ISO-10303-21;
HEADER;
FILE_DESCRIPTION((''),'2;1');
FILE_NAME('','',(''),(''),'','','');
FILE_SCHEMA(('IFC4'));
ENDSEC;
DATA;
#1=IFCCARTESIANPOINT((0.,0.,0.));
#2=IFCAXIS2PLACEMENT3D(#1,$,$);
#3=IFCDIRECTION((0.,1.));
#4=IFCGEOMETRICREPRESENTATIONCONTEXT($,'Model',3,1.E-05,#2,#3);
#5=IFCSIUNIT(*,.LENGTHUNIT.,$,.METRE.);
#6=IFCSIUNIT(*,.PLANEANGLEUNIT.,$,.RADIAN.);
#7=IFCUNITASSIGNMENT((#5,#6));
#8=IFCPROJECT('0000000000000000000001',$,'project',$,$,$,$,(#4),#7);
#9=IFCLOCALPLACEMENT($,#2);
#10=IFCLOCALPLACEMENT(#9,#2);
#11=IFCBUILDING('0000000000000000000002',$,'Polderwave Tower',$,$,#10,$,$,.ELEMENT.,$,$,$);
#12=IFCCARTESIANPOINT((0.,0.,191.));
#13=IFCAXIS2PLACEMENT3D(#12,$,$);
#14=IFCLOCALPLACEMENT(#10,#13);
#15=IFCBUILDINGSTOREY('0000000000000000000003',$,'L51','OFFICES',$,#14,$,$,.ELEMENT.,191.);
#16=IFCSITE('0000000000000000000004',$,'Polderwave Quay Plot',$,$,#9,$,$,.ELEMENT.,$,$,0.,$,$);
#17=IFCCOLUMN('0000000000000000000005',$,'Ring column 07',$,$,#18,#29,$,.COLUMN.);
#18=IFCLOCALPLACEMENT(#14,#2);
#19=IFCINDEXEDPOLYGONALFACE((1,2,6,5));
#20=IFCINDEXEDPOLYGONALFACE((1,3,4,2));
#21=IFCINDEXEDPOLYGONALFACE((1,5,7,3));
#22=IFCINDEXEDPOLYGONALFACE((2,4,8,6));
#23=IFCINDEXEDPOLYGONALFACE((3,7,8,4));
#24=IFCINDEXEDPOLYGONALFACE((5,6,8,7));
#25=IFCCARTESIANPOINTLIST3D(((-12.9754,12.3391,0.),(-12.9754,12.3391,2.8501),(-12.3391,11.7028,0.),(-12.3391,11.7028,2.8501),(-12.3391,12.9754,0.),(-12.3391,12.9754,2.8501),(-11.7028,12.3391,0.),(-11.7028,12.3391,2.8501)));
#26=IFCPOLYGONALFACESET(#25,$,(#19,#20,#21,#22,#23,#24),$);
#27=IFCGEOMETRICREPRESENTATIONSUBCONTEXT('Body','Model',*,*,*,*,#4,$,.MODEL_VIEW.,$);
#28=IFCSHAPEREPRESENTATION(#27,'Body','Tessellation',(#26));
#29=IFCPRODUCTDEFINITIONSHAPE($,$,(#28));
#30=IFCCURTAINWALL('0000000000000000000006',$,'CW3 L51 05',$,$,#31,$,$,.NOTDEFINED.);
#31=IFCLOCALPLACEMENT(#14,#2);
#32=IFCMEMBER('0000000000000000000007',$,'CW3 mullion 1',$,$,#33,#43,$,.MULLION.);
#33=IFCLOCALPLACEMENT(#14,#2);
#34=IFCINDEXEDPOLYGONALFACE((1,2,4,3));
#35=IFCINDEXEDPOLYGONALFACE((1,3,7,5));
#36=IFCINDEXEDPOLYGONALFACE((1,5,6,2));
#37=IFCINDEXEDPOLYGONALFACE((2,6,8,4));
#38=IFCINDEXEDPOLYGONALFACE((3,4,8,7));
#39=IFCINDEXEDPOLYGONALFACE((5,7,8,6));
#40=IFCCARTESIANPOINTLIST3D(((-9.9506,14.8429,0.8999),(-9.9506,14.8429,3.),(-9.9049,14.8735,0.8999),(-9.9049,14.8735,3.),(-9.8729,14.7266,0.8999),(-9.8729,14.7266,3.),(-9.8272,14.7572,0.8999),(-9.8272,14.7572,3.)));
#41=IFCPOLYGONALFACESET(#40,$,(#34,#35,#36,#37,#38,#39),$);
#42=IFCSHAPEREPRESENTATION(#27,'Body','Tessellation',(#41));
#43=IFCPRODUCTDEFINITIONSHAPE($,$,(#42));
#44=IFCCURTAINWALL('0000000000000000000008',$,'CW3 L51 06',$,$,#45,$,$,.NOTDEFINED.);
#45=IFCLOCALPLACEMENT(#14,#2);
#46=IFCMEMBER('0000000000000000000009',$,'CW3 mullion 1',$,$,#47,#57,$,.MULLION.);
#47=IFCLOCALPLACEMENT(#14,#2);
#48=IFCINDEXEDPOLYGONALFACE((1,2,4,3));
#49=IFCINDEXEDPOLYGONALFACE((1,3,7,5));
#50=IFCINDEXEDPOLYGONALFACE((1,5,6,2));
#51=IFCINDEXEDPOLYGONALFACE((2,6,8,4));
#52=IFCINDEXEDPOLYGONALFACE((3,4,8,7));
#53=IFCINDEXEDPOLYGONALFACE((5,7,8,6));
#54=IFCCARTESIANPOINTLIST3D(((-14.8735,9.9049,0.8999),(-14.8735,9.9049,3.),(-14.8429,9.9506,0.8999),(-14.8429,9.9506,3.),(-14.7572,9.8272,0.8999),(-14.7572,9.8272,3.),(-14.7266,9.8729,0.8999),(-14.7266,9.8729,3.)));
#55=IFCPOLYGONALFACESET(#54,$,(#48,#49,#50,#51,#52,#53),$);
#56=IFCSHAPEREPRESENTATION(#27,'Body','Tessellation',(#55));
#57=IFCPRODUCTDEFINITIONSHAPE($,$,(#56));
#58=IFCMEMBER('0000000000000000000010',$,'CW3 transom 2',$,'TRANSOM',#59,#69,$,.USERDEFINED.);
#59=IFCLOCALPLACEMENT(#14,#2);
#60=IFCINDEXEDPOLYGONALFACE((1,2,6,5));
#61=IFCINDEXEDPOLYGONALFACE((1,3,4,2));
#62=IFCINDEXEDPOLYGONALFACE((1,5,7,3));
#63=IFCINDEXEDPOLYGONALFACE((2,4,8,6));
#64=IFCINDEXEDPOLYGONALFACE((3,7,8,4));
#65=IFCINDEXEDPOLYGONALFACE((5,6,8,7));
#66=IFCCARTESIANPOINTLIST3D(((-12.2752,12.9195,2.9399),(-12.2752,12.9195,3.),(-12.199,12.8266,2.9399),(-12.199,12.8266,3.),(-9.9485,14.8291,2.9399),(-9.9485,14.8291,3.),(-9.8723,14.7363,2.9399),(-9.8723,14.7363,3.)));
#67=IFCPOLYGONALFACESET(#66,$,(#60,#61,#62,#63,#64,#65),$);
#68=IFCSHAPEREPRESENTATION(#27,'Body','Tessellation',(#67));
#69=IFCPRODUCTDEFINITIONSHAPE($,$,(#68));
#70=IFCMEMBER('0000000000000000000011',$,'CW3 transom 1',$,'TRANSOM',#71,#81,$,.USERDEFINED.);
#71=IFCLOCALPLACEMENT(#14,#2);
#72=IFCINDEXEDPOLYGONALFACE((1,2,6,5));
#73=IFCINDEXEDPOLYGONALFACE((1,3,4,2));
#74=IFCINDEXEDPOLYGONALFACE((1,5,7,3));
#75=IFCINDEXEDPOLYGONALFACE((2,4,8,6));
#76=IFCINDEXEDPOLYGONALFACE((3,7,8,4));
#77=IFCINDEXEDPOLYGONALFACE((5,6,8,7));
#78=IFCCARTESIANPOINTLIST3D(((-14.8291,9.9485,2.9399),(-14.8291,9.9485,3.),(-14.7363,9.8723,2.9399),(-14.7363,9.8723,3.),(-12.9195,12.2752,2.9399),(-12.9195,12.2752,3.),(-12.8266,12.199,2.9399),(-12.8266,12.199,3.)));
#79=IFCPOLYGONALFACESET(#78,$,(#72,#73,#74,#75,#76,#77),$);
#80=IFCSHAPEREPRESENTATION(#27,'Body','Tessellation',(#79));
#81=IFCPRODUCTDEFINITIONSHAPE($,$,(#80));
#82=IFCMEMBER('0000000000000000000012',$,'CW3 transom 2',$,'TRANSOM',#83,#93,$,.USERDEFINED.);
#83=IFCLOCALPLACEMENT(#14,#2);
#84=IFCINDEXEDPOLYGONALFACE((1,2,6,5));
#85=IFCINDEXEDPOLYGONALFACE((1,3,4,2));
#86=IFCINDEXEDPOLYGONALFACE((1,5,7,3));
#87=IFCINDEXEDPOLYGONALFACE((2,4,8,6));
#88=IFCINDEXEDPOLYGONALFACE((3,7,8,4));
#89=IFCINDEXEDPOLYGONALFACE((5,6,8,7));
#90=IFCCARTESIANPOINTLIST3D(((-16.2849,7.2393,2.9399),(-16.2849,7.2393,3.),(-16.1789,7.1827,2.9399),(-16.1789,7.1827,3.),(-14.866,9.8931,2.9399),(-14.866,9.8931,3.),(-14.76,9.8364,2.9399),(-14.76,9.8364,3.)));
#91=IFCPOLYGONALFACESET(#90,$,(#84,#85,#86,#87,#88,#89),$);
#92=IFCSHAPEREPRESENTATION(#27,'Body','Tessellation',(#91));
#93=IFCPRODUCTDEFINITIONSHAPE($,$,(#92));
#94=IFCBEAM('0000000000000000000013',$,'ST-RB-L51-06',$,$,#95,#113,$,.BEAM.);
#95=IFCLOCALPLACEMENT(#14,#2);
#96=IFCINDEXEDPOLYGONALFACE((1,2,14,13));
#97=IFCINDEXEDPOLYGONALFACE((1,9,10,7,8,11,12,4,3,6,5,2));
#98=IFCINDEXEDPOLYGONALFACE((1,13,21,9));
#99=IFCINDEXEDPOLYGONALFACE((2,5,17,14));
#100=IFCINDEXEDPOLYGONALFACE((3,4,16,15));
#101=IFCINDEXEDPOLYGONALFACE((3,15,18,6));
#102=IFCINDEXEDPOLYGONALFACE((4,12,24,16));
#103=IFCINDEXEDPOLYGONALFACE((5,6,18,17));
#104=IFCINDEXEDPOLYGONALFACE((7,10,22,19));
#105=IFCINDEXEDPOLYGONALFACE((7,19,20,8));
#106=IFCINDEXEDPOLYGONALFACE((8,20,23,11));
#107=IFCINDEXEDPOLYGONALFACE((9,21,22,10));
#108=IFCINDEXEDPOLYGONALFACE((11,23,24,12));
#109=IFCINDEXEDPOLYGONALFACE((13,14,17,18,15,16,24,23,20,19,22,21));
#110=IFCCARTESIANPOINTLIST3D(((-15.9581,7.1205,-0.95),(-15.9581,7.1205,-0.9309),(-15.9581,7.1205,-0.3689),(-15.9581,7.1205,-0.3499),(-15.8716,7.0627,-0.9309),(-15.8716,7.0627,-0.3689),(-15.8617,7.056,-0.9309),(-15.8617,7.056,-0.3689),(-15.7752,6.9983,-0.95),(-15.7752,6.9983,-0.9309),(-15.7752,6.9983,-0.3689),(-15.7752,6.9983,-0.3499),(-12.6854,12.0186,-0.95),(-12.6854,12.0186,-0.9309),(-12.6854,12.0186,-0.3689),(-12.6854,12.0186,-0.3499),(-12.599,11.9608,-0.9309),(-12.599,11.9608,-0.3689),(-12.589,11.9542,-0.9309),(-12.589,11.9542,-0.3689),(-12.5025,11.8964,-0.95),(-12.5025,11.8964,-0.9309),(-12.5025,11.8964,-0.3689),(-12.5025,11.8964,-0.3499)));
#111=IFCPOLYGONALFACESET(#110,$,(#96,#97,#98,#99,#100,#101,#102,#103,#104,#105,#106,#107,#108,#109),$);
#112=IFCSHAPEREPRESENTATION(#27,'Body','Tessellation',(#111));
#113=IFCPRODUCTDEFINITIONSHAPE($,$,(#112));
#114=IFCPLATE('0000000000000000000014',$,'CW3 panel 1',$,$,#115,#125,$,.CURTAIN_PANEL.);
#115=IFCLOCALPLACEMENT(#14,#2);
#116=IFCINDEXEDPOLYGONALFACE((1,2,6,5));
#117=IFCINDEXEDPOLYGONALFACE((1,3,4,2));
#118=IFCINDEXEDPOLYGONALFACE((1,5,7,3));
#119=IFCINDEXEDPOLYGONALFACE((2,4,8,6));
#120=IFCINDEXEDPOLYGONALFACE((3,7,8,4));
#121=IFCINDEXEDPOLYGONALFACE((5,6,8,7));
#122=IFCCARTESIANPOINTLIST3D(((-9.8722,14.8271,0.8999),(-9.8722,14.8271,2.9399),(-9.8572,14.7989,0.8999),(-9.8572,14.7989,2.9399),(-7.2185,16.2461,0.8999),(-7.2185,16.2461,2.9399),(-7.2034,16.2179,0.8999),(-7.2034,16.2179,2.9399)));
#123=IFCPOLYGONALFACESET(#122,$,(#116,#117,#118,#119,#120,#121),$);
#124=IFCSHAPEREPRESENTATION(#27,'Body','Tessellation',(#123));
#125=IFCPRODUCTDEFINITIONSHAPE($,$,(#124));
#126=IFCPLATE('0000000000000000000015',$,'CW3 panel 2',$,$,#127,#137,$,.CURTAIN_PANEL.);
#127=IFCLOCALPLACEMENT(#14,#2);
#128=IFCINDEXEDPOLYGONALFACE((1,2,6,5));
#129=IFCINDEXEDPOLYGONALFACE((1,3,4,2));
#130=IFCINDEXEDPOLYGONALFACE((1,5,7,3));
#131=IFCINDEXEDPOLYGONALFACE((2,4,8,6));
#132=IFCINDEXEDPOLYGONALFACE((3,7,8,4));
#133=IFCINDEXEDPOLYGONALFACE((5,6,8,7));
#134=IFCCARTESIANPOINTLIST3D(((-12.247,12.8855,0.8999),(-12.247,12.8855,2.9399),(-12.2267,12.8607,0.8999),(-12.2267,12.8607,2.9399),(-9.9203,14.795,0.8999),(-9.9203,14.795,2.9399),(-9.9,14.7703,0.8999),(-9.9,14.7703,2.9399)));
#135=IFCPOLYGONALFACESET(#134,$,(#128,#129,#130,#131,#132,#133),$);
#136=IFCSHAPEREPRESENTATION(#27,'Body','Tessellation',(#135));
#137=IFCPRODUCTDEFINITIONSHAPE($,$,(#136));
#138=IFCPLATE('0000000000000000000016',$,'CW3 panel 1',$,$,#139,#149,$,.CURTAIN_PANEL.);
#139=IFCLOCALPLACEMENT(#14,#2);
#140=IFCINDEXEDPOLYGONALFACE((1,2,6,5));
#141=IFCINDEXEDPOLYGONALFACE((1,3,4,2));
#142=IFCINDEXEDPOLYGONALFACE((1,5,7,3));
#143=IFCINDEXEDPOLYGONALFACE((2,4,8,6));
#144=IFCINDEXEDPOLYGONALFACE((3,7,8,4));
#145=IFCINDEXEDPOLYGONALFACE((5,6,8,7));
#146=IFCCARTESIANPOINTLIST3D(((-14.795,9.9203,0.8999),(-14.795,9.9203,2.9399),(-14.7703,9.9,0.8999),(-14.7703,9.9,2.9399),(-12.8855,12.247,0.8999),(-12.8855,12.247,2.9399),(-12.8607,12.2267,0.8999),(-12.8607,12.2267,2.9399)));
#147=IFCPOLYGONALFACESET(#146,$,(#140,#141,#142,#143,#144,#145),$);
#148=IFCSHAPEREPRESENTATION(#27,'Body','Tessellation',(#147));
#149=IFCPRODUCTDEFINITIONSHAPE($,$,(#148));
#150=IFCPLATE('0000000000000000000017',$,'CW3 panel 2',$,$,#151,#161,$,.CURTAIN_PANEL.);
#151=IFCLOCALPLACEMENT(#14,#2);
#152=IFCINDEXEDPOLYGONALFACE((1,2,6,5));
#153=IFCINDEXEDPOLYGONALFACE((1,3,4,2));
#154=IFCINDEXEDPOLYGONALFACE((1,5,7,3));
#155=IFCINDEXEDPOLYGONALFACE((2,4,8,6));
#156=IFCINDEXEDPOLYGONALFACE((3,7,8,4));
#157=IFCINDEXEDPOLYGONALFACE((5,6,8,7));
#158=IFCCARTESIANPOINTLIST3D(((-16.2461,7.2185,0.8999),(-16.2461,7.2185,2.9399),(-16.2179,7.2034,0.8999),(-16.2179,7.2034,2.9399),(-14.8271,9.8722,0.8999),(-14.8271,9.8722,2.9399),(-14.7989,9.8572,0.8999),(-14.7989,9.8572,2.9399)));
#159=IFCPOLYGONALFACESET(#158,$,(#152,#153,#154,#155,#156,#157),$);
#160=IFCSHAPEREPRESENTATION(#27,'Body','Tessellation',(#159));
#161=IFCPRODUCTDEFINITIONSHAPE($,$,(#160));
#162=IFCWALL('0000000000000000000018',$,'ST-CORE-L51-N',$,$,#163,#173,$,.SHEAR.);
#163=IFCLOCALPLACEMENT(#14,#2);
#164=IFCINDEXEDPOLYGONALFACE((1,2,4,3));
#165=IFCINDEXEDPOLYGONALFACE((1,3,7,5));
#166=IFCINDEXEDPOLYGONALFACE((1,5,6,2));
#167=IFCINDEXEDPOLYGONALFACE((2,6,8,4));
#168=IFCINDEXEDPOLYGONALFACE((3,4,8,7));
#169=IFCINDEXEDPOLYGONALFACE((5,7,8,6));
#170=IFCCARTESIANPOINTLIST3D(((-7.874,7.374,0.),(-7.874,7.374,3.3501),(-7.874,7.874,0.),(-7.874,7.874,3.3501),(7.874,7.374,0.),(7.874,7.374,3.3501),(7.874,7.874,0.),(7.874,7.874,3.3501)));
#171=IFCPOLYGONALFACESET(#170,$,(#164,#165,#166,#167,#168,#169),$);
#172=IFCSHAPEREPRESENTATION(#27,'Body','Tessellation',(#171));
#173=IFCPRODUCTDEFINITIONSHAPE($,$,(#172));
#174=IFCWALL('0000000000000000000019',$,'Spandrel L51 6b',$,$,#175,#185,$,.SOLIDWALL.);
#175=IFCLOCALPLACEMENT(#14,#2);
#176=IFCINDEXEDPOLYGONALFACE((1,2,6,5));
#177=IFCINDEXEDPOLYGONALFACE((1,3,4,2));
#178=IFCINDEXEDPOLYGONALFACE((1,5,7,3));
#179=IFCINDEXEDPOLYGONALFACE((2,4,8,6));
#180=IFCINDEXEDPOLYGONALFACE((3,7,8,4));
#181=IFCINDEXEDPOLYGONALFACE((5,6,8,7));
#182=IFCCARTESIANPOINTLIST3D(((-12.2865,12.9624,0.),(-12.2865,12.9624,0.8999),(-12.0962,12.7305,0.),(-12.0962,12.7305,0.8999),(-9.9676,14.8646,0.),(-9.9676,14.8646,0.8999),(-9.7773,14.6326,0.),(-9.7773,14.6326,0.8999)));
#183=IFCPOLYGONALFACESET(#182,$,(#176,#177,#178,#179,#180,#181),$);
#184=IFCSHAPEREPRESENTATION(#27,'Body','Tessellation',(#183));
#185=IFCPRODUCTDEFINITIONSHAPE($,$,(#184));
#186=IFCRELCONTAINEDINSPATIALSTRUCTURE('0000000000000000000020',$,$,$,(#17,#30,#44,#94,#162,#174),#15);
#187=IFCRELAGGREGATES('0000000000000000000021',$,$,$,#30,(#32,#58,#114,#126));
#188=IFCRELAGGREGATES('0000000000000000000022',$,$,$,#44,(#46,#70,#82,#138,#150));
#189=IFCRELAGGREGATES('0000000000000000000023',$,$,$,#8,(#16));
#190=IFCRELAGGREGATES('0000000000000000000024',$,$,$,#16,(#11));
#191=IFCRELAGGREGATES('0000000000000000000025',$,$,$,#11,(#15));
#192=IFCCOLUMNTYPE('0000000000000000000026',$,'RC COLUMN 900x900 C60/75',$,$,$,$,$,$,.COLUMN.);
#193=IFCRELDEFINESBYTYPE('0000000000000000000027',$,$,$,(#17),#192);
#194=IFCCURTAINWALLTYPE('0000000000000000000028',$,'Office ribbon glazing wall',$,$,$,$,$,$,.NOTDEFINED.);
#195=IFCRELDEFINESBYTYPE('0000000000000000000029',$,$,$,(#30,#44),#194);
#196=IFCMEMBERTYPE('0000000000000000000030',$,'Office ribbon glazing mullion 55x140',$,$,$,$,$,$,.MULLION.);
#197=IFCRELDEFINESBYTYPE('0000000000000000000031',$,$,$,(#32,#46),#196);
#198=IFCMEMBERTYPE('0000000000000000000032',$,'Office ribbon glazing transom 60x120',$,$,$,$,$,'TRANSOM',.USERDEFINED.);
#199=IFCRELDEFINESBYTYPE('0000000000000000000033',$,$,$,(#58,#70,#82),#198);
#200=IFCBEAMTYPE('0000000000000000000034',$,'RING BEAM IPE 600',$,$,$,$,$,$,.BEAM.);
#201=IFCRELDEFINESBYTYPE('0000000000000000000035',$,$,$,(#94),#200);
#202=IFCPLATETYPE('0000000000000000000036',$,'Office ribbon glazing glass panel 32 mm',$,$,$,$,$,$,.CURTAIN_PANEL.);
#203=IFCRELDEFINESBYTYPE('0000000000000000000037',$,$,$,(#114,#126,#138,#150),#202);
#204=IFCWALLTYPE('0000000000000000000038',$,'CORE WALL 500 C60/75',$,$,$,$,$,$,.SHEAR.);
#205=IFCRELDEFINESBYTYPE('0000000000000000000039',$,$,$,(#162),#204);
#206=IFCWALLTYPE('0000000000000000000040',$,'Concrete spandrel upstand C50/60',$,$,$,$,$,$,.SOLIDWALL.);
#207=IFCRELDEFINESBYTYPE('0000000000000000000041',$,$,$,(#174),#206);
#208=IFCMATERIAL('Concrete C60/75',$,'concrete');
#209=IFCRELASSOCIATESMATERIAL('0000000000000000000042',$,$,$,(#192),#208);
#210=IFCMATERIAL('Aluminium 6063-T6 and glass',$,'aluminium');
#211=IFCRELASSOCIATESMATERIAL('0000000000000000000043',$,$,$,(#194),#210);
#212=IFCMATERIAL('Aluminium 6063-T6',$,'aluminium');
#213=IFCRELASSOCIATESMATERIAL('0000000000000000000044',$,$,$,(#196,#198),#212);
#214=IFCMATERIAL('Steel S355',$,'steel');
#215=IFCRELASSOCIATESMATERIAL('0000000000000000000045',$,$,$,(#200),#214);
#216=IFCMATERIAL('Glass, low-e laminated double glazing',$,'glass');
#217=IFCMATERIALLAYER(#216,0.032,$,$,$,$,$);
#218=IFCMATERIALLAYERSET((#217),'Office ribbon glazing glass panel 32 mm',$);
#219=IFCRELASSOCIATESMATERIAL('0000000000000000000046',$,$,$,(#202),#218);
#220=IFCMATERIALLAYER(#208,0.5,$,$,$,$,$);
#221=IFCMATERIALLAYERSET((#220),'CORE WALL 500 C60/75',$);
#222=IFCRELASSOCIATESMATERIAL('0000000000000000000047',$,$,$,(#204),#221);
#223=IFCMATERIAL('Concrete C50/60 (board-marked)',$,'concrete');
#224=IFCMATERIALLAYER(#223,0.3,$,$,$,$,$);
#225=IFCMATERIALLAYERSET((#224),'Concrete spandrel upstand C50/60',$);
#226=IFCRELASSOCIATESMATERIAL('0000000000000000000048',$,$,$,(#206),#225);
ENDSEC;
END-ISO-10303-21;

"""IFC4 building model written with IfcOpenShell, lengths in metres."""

from ifc_helpers import new_model, si_unit, direction, frame, frame_2d, origin, origin_2d, place, context, subcontext, project, spatial, rectangle, i_section, extrude, material, layer, layer_set, material_profile, profile_set, type_object, element, aggregate, save


model = new_model("IFC4")

# Units and contexts
model_context = context("Model", 3, precision=1e-05, world=origin(), true_north=direction((0.0, 1.0)))
body_context = subcontext(model_context, "Body", "Model", "MODEL_VIEW")
ifc_project = project(units=[si_unit("LENGTHUNIT", "METRE"), si_unit("PLANEANGLEUNIT", "RADIAN")], contexts=[model_context])

# Site, building, storey
site_placement = place(None, origin())
site = spatial("IfcSite", under=ifc_project, at=site_placement, Name="Polderwave Quay Plot", CompositionType="ELEMENT", RefElevation=0.0)
building_placement = place(site_placement, origin())
building = spatial("IfcBuilding", under=site, at=building_placement, Name="Polderwave Tower", CompositionType="ELEMENT")
storey_placement = place(building_placement, frame((0.0, 0.0, 191.0)))
storey = spatial("IfcBuildingStorey", under=building, at=storey_placement, Name="L51", Description="OFFICES", CompositionType="ELEMENT", Elevation=191.0)

# Column
ifc_material_1 = material(Name="Concrete C60/75", Category="concrete")
ifc_material_profile_1 = material_profile(ifc_material_1, rectangle(XDim=0.8999, YDim=0.8999, at=origin_2d()), Name="RC 900x900")
ifc_profile_set_1 = profile_set([ifc_material_profile_1], Name="Concrete C60/75")
column_type = type_object("IfcColumnType", Name="RC COLUMN 900x900 C60/75", PredefinedType="COLUMN", material=ifc_profile_set_1)
column_placement = place(storey_placement, frame((-12.3391, 12.3391, 0.0), z_axis=(0.0, 0.0, 1.0), x_axis=(-0.707107, 0.707107, 0.0)))
element("IfcColumn", 1, at=column_placement, inside=storey, type_object=column_type, Name="Ring column 07", PredefinedType="COLUMN", context=body_context, shape_type="SweptSolid", body=[
    extrude(rectangle(XDim=0.8999, YDim=0.8999, at=origin_2d()), origin(), (0.0, 0.0, 1.0), 2.8501),
])

# Curtain walls, members
ifc_material_2 = material(Name="Aluminium 6063-T6 and glass", Category="aluminium")
curtain_wall_type = type_object("IfcCurtainWallType", Name="Office ribbon glazing wall", PredefinedType="NOTDEFINED", material=ifc_material_2)
curtain_wall_1_placement = place(storey_placement, origin())
curtain_wall_1 = element("IfcCurtainWall", 2, at=curtain_wall_1_placement, inside=storey, type_object=curtain_wall_type, Name="CW3 L51 05", PredefinedType="NOTDEFINED")
ifc_material_3 = material(Name="Aluminium 6063-T6", Category="aluminium")
ifc_material_profile_2 = material_profile(ifc_material_3, rectangle(XDim=0.1399, YDim=0.0549, at=origin_2d()), Name="AL 55x140")
ifc_profile_set_2 = profile_set([ifc_material_profile_2], Name="Aluminium 6063-T6")
member_type_1 = type_object("IfcMemberType", Name="Office ribbon glazing mullion 55x140", PredefinedType="MULLION", material=ifc_profile_set_2)
member_1_placement = place(storey_placement, frame((-9.8889, 14.8, 0.8999), z_axis=(0.0, 0.0, 1.0), x_axis=(0.555646, -0.831419, 0.0)))
member_1 = element("IfcMember", 3, at=member_1_placement, type_object=member_type_1, Name="CW3 mullion 1", PredefinedType="MULLION", context=body_context, shape_type="SweptSolid", body=[
    extrude(rectangle(XDim=0.1399, YDim=0.0549, at=origin_2d()), origin(), (0.0, 0.0, 1.0), 2.1001),
])
curtain_wall_2_placement = place(storey_placement, origin())
curtain_wall_2 = element("IfcCurtainWall", 4, at=curtain_wall_2_placement, inside=storey, type_object=curtain_wall_type, Name="CW3 L51 06", PredefinedType="NOTDEFINED")
member_2_placement = place(storey_placement, frame((-14.8, 9.8889, 0.8999), z_axis=(0.0, 0.0, 1.0), x_axis=(0.831419, -0.555646, 0.0)))
member_2 = element("IfcMember", 5, at=member_2_placement, type_object=member_type_1, Name="CW3 mullion 1", PredefinedType="MULLION", context=body_context, shape_type="SweptSolid", body=[
    extrude(rectangle(XDim=0.1399, YDim=0.0549, at=origin_2d()), origin(), (0.0, 0.0, 1.0), 2.1001),
])

# Members
ifc_material_profile_3 = material_profile(ifc_material_3, rectangle(XDim=0.1201, YDim=0.0601, at=origin_2d()), Name="AL 60x120")
ifc_profile_set_3 = profile_set([ifc_material_profile_3], Name="Aluminium 6063-T6")
member_type_2 = type_object("IfcMemberType", Name="Office ribbon glazing transom 60x120", ElementType="TRANSOM", PredefinedType="USERDEFINED", material=ifc_profile_set_3)
member_3_placement = place(storey_placement, frame((-9.9104, 14.7827, 2.97), z_axis=(-0.772973, -0.634438, 0.0), x_axis=(0.634438, -0.772973, 0.0)))
member_3 = element("IfcMember", 6, at=member_3_placement, type_object=member_type_2, Name="CW3 transom 2", ObjectType="TRANSOM", PredefinedType="USERDEFINED", context=body_context, shape_type="SweptSolid", body=[
    extrude(rectangle(XDim=0.1201, YDim=0.0601, at=origin_2d()), origin(), (0.0, 0.0, 1.0), 3.01),
])
member_4_placement = place(storey_placement, frame((-12.873, 12.2371, 2.97), z_axis=(-0.634438, -0.772973, 0.0), x_axis=(0.772973, -0.634438, 0.0)))
member_4 = element("IfcMember", 7, at=member_4_placement, type_object=member_type_2, Name="CW3 transom 1", ObjectType="TRANSOM", PredefinedType="USERDEFINED", context=body_context, shape_type="SweptSolid", body=[
    extrude(rectangle(XDim=0.1201, YDim=0.0601, at=origin_2d()), origin(), (0.0, 0.0, 1.0), 3.01),
])
member_5_placement = place(storey_placement, frame((-14.813, 9.8647, 2.97), z_axis=(-0.471514, -0.881858, 0.0), x_axis=(0.881858, -0.471514, 0.0)))
member_5 = element("IfcMember", 8, at=member_5_placement, type_object=member_type_2, Name="CW3 transom 2", ObjectType="TRANSOM", PredefinedType="USERDEFINED", context=body_context, shape_type="SweptSolid", body=[
    extrude(rectangle(XDim=0.1201, YDim=0.0601, at=origin_2d()), origin(), (0.0, 0.0, 1.0), 3.0093),
])

# Beam
ifc_material_4 = material(Name="Steel S355", Category="steel")
ifc_material_profile_4 = material_profile(ifc_material_4, i_section(OverallWidth=0.22, OverallDepth=0.6001, WebThickness=0.012, FlangeThickness=0.019, at=origin_2d()), Name="IPE 600")
ifc_profile_set_4 = profile_set([ifc_material_profile_4], Name="Steel S355")
beam_type = type_object("IfcBeamType", Name="RING BEAM IPE 600", PredefinedType="BEAM", material=ifc_profile_set_4)
beam_placement = place(storey_placement, frame((-12.594, 11.9575, -0.6499), z_axis=(-0.555551, -0.831482, 0.0), x_axis=(0.831482, -0.555551, 0.0)))
element("IfcBeam", 9, at=beam_placement, inside=storey, type_object=beam_type, Name="ST-RB-L51-06", PredefinedType="BEAM", context=body_context, shape_type="SweptSolid", body=[
    extrude(i_section(OverallWidth=0.22, OverallDepth=0.6001, WebThickness=0.012, FlangeThickness=0.019, at=origin_2d()), origin(), (0.0, 0.0, 1.0), 5.8909),
])

# Plates
ifc_material_5 = material(Name="Glass, low-e laminated double glazing", Category="glass")
ifc_layer_1 = layer(ifc_material_5, 0.032)
ifc_layer_set_1 = layer_set([ifc_layer_1], Name="Office ribbon glazing glass panel 32 mm")
plate_type = type_object("IfcPlateType", Name="Office ribbon glazing glass panel 32 mm", PredefinedType="CURTAIN_PANEL", material=ifc_layer_set_1)
plate_1_placement = place(storey_placement, frame((-8.5378, 15.5225, 0.8999), z_axis=(0.0, 0.0, 1.0), x_axis=(-0.881842, -0.471544, 0.0)))
plate_1 = element("IfcPlate", 10, at=plate_1_placement, type_object=plate_type, Name="CW3 panel 1", PredefinedType="CURTAIN_PANEL", context=body_context, shape_type="SweptSolid", body=[
    extrude(rectangle(XDim=3.0093, YDim=0.032, at=origin_2d()), origin(), (0.0, 0.0, 1.0), 2.04),
])
plate_2_placement = place(storey_placement, frame((-11.0735, 13.8279, 0.8999), z_axis=(0.0, 0.0, 1.0), x_axis=(-0.773003, -0.634403, 0.0)))
plate_2 = element("IfcPlate", 11, at=plate_2_placement, type_object=plate_type, Name="CW3 panel 2", PredefinedType="CURTAIN_PANEL", context=body_context, shape_type="SweptSolid", body=[
    extrude(rectangle(XDim=3.01, YDim=0.032, at=origin_2d()), origin(), (0.0, 0.0, 1.0), 2.04),
])
aggregate(curtain_wall_1, [member_1, member_3, plate_1, plate_2])
plate_3_placement = place(storey_placement, frame((-13.8279, 11.0735, 0.8999), z_axis=(0.0, 0.0, 1.0), x_axis=(-0.634403, -0.773003, 0.0)))
plate_3 = element("IfcPlate", 12, at=plate_3_placement, type_object=plate_type, Name="CW3 panel 1", PredefinedType="CURTAIN_PANEL", context=body_context, shape_type="SweptSolid", body=[
    extrude(rectangle(XDim=3.01, YDim=0.032, at=origin_2d()), origin(), (0.0, 0.0, 1.0), 2.04),
])
plate_4_placement = place(storey_placement, frame((-15.5225, 8.5378, 0.8999), z_axis=(0.0, 0.0, 1.0), x_axis=(-0.471544, -0.881842, 0.0)))
plate_4 = element("IfcPlate", 13, at=plate_4_placement, type_object=plate_type, Name="CW3 panel 2", PredefinedType="CURTAIN_PANEL", context=body_context, shape_type="SweptSolid", body=[
    extrude(rectangle(XDim=3.0093, YDim=0.032, at=origin_2d()), origin(), (0.0, 0.0, 1.0), 2.04),
])
aggregate(curtain_wall_2, [member_2, member_4, member_5, plate_3, plate_4])

# Walls
ifc_layer_2 = layer(ifc_material_1, 0.5)
ifc_layer_set_2 = layer_set([ifc_layer_2], Name="CORE WALL 500 C60/75")
wall_type_1 = type_object("IfcWallType", Name="CORE WALL 500 C60/75", PredefinedType="SHEAR", material=ifc_layer_set_2)
wall_1_placement = place(storey_placement, frame((-7.874, 7.624, 0.0), z_axis=(0.0, 0.0, 1.0), x_axis=(1.0, 0.0, 0.0)))
element("IfcWall", 14, at=wall_1_placement, inside=storey, type_object=wall_type_1, Name="ST-CORE-L51-N", PredefinedType="SHEAR", context=body_context, shape_type="SweptSolid", body=[
    extrude(rectangle(XDim=15.748, YDim=0.5, at=frame_2d((7.874, 0.0))), origin(), (0.0, 0.0, 1.0), 3.3501),
])
ifc_material_6 = material(Name="Concrete C50/60 (board-marked)", Category="concrete")
ifc_layer_3 = layer(ifc_material_6, 0.3)
ifc_layer_set_3 = layer_set([ifc_layer_3], Name="Concrete spandrel upstand C50/60")
wall_type_2 = type_object("IfcWallType", Name="Concrete spandrel upstand C50/60", PredefinedType="SOLIDWALL", material=ifc_layer_set_3)
for number, where, z_axis, x_axis, name in (
    (15, (-9.8726, 14.7485, 0.0), (0.0, 0.0, 1.0), (-0.773162, -0.634208, 0.0), "Spandrel L51 6b"),
):
    element("IfcWall", number, at=place(storey_placement, frame(where, z_axis=z_axis, x_axis=x_axis)), inside=storey, type_object=wall_type_2, Name=name, PredefinedType="SOLIDWALL", context=body_context, shape_type="SweptSolid", body=[
        extrude(rectangle(XDim=2.9993, YDim=0.3, at=frame_2d((1.4995, 0.0))), origin(), (0.0, 0.0, 1.0), 0.8999),
    ])

save(model, "model.ifc")
